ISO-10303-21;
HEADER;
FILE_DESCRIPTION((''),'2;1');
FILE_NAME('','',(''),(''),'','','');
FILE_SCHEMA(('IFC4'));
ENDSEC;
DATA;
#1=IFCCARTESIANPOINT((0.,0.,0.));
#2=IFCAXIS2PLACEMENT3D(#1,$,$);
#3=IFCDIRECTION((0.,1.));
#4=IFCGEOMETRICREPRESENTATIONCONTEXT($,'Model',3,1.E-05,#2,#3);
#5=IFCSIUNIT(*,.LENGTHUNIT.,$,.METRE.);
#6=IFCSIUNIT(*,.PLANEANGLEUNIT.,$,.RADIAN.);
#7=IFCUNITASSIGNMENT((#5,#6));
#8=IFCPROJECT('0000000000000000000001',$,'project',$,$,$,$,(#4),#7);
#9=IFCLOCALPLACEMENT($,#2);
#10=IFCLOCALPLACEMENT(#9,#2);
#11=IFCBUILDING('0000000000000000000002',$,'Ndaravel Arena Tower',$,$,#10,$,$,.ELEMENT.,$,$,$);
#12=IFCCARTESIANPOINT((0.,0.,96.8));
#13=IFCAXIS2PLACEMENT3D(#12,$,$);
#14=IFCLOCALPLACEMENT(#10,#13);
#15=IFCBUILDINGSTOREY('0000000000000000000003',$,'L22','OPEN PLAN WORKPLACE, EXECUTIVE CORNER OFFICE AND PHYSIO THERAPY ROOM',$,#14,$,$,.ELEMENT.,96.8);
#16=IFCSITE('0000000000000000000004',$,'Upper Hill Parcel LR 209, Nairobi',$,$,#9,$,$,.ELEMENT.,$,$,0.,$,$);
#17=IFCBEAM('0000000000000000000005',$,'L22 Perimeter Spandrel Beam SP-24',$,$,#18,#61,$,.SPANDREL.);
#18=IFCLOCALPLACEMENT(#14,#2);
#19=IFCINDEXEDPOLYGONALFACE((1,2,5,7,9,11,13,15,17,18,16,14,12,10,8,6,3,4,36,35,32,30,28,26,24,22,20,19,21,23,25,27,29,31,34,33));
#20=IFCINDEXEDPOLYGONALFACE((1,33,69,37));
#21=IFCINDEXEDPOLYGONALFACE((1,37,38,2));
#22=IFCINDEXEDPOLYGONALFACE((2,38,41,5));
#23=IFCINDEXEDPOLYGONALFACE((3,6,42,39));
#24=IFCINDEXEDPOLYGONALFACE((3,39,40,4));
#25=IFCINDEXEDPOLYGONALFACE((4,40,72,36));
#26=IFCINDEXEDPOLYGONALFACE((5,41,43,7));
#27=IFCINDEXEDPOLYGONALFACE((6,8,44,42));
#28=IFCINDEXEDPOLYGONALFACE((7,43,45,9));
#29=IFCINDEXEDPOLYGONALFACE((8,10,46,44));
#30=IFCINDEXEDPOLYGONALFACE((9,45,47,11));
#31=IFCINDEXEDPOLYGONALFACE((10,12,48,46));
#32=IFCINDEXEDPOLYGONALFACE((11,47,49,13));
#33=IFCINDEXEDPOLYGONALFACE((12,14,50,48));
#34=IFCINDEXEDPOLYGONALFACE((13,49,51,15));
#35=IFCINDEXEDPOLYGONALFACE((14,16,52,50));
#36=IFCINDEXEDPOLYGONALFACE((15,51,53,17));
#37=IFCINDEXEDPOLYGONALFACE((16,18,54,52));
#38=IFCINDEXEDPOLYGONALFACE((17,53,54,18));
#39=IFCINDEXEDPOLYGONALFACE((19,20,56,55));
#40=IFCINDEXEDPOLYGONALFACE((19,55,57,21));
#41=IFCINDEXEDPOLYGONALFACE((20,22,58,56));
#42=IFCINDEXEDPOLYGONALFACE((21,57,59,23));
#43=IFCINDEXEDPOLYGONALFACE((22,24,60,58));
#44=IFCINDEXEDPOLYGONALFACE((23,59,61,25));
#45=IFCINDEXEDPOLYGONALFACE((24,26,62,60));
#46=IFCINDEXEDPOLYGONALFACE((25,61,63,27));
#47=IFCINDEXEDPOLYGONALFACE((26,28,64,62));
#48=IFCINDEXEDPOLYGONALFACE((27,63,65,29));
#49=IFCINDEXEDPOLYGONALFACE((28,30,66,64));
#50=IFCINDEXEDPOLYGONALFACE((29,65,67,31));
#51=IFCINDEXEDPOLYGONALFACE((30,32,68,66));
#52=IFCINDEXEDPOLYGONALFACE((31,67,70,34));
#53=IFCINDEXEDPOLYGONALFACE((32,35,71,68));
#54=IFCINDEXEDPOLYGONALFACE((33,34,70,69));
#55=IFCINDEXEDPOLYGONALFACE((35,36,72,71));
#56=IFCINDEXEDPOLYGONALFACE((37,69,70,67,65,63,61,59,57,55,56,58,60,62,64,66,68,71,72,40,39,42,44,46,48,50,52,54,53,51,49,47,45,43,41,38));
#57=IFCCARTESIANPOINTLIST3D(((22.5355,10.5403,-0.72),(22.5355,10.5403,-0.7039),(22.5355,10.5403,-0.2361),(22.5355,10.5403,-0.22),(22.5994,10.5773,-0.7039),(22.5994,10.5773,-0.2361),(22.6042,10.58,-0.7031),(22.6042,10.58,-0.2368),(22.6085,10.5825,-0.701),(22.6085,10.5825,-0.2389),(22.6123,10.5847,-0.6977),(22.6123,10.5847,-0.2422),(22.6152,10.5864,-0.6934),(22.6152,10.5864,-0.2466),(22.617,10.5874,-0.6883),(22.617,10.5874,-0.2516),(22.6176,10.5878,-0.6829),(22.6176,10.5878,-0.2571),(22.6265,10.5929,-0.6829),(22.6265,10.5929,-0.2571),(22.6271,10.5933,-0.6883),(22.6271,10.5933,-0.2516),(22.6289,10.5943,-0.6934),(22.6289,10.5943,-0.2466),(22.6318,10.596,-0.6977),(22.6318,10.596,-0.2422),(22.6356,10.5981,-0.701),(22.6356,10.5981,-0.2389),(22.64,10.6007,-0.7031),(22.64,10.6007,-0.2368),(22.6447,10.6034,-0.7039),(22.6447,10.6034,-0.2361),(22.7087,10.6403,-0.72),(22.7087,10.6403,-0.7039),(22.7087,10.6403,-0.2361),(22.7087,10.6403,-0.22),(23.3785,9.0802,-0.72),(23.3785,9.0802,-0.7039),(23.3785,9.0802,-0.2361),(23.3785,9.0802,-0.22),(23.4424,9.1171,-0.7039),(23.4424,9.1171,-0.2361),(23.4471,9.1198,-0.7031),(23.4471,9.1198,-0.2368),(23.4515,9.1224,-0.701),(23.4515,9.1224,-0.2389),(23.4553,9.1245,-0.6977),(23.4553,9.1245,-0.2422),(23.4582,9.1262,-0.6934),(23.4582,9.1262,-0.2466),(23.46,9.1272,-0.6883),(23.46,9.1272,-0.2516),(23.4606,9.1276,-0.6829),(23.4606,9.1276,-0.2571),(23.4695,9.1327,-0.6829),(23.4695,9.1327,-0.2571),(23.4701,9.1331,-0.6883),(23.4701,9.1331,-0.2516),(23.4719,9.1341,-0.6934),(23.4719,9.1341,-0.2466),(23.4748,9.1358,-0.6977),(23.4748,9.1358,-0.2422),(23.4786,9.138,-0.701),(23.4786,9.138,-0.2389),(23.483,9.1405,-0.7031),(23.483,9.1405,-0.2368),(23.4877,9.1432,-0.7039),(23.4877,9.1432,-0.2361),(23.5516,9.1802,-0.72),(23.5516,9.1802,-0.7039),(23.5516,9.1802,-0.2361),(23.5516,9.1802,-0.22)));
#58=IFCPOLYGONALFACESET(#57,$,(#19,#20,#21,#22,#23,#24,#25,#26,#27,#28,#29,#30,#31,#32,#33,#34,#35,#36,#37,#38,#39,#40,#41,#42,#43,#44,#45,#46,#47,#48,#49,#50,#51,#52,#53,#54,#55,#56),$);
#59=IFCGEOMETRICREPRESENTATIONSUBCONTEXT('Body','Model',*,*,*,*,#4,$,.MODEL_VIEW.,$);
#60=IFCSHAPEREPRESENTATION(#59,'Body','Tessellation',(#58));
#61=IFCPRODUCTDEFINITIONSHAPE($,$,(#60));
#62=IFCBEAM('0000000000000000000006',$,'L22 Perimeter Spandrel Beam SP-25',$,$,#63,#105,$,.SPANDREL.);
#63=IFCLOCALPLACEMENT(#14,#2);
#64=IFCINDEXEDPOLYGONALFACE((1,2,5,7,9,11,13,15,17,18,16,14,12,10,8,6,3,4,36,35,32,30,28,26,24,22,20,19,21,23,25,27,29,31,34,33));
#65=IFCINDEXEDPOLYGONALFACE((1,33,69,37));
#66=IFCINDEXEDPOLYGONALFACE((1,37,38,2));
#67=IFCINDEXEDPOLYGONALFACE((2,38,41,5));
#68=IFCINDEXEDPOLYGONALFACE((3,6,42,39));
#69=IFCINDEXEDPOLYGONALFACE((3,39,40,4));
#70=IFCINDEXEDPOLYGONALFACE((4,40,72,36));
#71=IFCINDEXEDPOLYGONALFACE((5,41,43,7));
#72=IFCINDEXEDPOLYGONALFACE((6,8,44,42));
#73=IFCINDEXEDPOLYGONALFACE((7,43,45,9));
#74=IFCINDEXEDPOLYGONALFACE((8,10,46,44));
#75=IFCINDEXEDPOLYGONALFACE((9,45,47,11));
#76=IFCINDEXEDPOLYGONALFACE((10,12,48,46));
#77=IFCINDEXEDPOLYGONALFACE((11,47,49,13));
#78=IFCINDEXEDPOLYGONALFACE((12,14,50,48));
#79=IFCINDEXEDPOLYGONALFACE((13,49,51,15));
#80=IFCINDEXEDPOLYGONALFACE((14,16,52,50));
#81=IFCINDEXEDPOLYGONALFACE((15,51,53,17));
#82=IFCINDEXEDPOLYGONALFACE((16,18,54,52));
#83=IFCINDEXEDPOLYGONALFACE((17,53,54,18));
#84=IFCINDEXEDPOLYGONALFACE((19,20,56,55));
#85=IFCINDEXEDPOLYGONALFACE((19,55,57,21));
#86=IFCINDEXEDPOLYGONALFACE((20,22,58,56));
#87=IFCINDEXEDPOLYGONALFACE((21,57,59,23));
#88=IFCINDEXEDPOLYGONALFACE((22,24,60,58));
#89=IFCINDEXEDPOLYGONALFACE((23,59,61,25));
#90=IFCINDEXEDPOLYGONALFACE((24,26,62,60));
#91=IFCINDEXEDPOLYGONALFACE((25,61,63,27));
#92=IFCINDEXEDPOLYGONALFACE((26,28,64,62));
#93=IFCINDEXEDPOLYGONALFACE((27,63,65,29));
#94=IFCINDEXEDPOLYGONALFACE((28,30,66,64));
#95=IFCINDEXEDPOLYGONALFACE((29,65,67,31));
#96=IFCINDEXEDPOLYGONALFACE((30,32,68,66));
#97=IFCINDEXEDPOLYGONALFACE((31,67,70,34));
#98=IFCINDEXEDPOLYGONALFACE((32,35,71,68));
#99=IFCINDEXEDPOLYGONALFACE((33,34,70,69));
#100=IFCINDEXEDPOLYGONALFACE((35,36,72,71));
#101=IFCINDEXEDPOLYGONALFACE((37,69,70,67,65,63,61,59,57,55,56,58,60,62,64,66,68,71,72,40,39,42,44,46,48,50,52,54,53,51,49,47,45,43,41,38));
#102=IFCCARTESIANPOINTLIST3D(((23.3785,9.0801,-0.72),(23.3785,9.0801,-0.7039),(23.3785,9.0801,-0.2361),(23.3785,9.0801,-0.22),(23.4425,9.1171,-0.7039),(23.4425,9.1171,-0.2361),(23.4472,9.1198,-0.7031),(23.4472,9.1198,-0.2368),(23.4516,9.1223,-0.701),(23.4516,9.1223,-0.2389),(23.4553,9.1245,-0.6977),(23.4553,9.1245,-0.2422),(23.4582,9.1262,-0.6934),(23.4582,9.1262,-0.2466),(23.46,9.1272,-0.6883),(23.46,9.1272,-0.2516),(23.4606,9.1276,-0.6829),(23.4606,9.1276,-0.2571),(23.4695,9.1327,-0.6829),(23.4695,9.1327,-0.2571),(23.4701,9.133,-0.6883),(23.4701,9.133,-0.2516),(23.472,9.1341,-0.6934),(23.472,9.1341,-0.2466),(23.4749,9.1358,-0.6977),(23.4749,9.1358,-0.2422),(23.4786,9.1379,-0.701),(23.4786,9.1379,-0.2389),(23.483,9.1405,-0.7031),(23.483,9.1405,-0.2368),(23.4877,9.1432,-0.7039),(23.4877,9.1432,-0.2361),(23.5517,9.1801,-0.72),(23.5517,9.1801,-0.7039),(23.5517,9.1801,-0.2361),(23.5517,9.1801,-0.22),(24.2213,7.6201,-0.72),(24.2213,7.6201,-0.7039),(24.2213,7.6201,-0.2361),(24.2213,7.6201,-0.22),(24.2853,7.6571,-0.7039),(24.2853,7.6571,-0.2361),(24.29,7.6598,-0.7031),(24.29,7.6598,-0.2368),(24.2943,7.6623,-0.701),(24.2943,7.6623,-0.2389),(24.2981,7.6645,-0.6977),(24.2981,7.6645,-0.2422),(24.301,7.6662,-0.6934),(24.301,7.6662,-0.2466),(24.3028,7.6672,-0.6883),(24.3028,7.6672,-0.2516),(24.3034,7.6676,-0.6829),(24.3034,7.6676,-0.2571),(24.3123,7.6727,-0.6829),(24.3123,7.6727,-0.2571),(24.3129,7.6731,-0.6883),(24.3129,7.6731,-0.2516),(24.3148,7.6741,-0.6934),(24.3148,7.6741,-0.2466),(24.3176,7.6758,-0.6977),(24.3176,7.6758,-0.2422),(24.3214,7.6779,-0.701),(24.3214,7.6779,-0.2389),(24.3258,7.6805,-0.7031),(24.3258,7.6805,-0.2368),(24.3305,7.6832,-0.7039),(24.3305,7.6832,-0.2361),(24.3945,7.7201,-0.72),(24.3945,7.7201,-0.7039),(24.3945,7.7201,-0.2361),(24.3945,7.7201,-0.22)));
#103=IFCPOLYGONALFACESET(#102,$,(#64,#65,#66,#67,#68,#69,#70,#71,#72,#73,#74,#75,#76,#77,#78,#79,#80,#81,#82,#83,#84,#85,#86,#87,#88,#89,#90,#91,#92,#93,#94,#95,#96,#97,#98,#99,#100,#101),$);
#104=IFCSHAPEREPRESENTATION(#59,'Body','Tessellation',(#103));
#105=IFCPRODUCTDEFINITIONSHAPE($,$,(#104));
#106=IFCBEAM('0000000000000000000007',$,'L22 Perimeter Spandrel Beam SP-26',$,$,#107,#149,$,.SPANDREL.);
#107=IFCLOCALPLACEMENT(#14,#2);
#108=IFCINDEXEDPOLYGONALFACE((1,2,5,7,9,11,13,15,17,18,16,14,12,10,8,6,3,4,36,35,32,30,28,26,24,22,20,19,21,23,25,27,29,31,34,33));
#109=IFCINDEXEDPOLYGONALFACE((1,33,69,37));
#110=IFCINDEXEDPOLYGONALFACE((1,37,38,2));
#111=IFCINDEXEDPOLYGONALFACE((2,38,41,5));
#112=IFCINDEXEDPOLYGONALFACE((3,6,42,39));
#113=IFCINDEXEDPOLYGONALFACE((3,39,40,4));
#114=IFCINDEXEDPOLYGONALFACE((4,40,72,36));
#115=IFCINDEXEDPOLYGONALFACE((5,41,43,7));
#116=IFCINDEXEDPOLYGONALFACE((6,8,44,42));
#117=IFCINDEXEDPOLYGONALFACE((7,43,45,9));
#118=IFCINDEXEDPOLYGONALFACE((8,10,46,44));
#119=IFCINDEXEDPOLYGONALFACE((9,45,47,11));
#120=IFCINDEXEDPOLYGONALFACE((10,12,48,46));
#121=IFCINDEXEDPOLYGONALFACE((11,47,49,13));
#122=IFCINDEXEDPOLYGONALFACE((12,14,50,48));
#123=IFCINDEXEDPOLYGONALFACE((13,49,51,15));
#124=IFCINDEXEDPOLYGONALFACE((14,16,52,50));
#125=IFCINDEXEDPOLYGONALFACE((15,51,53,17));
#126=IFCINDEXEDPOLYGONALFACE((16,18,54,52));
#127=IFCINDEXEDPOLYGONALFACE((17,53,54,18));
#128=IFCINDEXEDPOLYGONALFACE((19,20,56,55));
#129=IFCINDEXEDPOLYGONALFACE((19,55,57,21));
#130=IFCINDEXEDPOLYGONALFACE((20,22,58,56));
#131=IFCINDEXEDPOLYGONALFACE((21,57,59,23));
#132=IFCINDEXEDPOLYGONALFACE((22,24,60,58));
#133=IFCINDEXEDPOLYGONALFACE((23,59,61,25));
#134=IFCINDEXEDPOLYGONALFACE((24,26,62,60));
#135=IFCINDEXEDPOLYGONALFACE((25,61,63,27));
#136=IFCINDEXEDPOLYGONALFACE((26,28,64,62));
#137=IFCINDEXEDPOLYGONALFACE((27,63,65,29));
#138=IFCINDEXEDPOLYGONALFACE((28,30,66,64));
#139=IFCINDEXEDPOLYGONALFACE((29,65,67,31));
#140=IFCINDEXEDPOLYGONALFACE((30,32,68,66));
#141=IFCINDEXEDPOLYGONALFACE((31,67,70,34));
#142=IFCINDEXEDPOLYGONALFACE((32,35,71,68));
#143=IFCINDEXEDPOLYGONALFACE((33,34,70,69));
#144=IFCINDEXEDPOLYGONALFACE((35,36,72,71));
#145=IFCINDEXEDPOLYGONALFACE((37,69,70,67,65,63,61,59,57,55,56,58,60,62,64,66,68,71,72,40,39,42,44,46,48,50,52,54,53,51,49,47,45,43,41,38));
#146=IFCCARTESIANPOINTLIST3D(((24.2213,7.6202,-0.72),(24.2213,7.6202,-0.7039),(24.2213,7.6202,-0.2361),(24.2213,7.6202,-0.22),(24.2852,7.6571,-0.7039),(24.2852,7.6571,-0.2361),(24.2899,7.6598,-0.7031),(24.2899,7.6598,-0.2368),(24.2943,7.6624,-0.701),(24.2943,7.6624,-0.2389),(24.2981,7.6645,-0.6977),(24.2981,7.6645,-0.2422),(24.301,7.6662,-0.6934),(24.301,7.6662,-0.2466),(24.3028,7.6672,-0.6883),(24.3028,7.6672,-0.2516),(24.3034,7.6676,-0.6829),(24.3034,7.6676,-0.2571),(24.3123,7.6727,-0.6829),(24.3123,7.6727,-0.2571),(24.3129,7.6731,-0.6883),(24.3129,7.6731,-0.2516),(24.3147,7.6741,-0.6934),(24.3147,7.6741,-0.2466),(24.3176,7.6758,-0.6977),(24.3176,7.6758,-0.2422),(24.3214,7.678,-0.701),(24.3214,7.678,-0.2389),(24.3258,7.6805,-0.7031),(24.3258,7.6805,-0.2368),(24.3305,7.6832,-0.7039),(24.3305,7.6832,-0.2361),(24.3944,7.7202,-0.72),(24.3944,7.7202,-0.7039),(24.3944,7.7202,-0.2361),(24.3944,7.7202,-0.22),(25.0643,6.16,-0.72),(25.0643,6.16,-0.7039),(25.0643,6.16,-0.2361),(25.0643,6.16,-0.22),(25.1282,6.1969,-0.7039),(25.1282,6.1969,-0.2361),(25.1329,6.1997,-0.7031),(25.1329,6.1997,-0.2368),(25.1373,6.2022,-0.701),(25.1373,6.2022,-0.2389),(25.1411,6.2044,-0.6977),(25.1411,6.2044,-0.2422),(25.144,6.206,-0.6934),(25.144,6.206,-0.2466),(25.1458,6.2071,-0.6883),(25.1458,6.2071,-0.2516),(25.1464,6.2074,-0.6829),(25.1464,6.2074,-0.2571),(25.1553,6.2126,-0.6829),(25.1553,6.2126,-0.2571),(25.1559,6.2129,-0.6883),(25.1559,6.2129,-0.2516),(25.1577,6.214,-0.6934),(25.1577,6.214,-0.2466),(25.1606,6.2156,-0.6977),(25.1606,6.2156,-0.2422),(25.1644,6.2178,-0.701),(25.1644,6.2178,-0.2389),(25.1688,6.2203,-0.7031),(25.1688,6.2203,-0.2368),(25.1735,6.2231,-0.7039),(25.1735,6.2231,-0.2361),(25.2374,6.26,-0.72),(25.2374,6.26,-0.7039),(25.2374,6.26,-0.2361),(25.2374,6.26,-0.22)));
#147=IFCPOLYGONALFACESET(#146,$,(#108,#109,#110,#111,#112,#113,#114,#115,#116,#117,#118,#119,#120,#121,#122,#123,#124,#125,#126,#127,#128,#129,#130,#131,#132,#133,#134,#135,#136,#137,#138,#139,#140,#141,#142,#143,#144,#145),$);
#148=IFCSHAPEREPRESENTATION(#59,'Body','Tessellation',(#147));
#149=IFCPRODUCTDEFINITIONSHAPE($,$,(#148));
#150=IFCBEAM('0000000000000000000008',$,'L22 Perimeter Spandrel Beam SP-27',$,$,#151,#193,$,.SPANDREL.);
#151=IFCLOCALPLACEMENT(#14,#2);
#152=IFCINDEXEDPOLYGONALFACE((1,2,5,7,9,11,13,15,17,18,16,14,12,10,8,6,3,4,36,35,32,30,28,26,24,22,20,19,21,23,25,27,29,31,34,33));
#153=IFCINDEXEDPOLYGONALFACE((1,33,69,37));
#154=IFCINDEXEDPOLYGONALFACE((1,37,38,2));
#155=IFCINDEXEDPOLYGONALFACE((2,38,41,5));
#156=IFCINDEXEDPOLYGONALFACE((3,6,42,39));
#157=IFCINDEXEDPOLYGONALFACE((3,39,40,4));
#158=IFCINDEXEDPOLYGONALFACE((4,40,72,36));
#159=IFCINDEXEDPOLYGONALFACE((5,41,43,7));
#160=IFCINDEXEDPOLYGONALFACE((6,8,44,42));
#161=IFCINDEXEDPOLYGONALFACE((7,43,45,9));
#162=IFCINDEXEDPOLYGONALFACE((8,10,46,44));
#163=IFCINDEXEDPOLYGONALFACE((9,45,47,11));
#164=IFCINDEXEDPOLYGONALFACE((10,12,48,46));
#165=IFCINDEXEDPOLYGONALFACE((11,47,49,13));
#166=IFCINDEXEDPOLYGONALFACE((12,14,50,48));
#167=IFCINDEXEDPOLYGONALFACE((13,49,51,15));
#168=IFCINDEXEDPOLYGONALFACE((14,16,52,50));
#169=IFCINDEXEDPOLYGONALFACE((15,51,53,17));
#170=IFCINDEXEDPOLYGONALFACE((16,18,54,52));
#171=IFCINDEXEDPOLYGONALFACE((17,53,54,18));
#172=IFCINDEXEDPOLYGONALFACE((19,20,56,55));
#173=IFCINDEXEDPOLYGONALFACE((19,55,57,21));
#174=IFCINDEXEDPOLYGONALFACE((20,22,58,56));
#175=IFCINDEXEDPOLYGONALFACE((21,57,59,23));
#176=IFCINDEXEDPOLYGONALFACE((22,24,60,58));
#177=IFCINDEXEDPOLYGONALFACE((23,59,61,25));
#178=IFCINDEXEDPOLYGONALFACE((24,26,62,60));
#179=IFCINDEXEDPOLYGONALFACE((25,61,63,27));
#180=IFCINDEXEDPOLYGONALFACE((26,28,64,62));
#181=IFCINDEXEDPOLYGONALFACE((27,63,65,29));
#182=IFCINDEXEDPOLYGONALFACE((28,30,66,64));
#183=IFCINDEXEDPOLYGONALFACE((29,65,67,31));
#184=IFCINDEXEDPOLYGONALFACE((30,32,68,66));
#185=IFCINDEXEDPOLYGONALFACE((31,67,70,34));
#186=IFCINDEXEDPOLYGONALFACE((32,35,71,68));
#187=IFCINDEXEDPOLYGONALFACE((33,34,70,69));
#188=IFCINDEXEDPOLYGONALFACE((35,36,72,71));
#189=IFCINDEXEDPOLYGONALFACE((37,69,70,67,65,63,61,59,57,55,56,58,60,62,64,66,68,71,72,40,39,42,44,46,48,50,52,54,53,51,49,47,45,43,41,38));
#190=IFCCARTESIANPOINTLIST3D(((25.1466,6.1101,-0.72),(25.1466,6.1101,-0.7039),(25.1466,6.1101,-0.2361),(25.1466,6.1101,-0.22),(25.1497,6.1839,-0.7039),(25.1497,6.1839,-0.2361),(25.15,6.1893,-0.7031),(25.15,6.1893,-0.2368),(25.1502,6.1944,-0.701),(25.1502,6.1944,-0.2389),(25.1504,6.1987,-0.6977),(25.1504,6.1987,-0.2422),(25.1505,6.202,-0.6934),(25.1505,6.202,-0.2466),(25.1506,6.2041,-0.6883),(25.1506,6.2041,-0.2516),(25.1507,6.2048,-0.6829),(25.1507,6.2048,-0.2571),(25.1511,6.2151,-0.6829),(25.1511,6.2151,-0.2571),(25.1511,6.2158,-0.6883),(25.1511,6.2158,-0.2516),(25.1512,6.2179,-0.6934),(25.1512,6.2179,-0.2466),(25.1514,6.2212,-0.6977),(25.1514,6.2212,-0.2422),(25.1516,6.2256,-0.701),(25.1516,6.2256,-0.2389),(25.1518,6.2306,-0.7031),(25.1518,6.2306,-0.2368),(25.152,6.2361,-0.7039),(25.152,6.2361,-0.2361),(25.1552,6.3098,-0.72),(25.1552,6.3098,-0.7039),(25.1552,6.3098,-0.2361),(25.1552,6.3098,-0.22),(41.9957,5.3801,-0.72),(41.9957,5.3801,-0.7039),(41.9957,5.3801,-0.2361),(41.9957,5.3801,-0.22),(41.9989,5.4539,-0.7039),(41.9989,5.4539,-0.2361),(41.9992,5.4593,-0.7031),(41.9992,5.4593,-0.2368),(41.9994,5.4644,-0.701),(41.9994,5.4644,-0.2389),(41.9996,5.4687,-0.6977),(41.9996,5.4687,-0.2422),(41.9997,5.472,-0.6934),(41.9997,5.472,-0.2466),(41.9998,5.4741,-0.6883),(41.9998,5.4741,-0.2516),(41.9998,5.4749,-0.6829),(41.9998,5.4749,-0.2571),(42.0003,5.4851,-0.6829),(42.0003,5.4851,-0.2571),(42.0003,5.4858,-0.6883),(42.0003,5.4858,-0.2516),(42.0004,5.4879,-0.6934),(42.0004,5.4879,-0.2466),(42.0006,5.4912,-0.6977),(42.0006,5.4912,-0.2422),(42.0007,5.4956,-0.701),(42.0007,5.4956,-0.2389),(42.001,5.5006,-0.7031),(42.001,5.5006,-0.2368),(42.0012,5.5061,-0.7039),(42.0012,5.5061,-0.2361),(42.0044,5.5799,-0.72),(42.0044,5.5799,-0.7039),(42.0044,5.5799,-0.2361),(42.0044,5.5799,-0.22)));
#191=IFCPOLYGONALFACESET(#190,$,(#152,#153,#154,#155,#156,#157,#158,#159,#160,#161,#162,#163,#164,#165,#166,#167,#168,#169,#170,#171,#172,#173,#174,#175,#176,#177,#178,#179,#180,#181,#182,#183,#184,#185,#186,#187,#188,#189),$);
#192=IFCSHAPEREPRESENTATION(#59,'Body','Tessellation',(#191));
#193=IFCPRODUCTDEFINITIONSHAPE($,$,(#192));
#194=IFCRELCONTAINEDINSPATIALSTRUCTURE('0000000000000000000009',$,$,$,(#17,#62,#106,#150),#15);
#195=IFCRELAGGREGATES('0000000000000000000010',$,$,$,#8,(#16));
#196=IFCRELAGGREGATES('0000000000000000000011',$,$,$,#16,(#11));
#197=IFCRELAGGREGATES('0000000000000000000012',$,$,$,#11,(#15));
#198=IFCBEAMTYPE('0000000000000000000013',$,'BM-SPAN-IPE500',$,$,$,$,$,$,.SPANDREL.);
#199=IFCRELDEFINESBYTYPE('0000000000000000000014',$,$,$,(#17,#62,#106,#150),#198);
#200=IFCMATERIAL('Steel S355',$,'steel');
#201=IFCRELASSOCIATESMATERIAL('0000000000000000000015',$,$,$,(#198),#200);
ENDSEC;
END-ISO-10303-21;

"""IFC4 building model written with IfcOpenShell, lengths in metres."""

from ifc_helpers import new_model, si_unit, direction, frame, origin, origin_2d, place, context, subcontext, project, spatial, i_section, extrude, material, material_profile, profile_set, type_object, element, save


model = new_model("IFC4")

# Units and contexts
model_context = context("Model", 3, precision=1e-05, world=origin(), true_north=direction((0.0, 1.0)))
body_context = subcontext(model_context, "Body", "Model", "MODEL_VIEW")
ifc_project = project(units=[si_unit("LENGTHUNIT", "METRE"), si_unit("PLANEANGLEUNIT", "RADIAN")], contexts=[model_context])

# Site, building, storey
site_placement = place(None, origin())
site = spatial("IfcSite", under=ifc_project, at=site_placement, Name="Upper Hill Parcel LR 209, Nairobi", CompositionType="ELEMENT", RefElevation=0.0)
building_placement = place(site_placement, origin())
building = spatial("IfcBuilding", under=site, at=building_placement, Name="Ndaravel Arena Tower", CompositionType="ELEMENT")
storey_placement = place(building_placement, frame((0.0, 0.0, 96.8)))
storey = spatial("IfcBuildingStorey", under=building, at=storey_placement, Name="L22", Description="OPEN PLAN WORKPLACE, EXECUTIVE CORNER OFFICE AND PHYSIO THERAPY ROOM", CompositionType="ELEMENT", Elevation=96.8)

# Beams
ifc_material_1 = material(Name="Steel S355", Category="steel")
ifc_material_profile_1 = material_profile(ifc_material_1, i_section(OverallWidth=0.2, OverallDepth=0.5, WebThickness=0.0103, FlangeThickness=0.0161, FilletRadius=0.021, at=origin_2d()), Name="IPE 500")
ifc_profile_set_1 = profile_set([ifc_material_profile_1], Name="Steel S355")
beam_type = type_object("IfcBeamType", Name="BM-SPAN-IPE500", PredefinedType="SPANDREL", material=ifc_profile_set_1)
beam_1_placement = place(storey_placement, frame((22.6221, 10.5903, -0.47), z_axis=(0.499986, -0.866034, 0.0), x_axis=(0.866034, 0.499986, 0.0)))
element("IfcBeam", 1, at=beam_1_placement, inside=storey, type_object=beam_type, Name="L22 Perimeter Spandrel Beam SP-24", PredefinedType="SPANDREL", context=body_context, shape_type="SweptSolid", body=[
    extrude(i_section(OverallWidth=0.2, OverallDepth=0.5, WebThickness=0.0103, FlangeThickness=0.0161, FilletRadius=0.021, at=origin_2d()), origin(), (0.0, 0.0, 1.0), 1.686),
])
beam_2_placement = place(storey_placement, frame((23.4651, 9.1301, -0.47), z_axis=(0.49994, -0.86606, 0.0), x_axis=(0.86606, 0.49994, 0.0)))
element("IfcBeam", 2, at=beam_2_placement, inside=storey, type_object=beam_type, Name="L22 Perimeter Spandrel Beam SP-25", PredefinedType="SPANDREL", context=body_context, shape_type="SweptSolid", body=[
    extrude(i_section(OverallWidth=0.2, OverallDepth=0.5, WebThickness=0.0103, FlangeThickness=0.0161, FilletRadius=0.021, at=origin_2d()), origin(), (0.0, 0.0, 1.0), 1.6858),
])
beam_3_placement = place(storey_placement, frame((24.3079, 7.6702, -0.47), z_axis=(0.499986, -0.866034, 0.0), x_axis=(0.866034, 0.499986, 0.0)))
element("IfcBeam", 3, at=beam_3_placement, inside=storey, type_object=beam_type, Name="L22 Perimeter Spandrel Beam SP-26", PredefinedType="SPANDREL", context=body_context, shape_type="SweptSolid", body=[
    extrude(i_section(OverallWidth=0.2, OverallDepth=0.5, WebThickness=0.0103, FlangeThickness=0.0161, FilletRadius=0.021, at=origin_2d()), origin(), (0.0, 0.0, 1.0), 1.686),
])
beam_4_placement = place(storey_placement, frame((25.1509, 6.21, -0.47), z_axis=(0.999063, -0.043284, 0.0), x_axis=(0.043284, 0.999063, 0.0)))
element("IfcBeam", 4, at=beam_4_placement, inside=storey, type_object=beam_type, Name="L22 Perimeter Spandrel Beam SP-27", PredefinedType="SPANDREL", context=body_context, shape_type="SweptSolid", body=[
    extrude(i_section(OverallWidth=0.2, OverallDepth=0.5, WebThickness=0.0103, FlangeThickness=0.0161, FilletRadius=0.021, at=origin_2d()), origin(), (0.0, 0.0, 1.0), 16.865),
])

save(model, "model.ifc")
